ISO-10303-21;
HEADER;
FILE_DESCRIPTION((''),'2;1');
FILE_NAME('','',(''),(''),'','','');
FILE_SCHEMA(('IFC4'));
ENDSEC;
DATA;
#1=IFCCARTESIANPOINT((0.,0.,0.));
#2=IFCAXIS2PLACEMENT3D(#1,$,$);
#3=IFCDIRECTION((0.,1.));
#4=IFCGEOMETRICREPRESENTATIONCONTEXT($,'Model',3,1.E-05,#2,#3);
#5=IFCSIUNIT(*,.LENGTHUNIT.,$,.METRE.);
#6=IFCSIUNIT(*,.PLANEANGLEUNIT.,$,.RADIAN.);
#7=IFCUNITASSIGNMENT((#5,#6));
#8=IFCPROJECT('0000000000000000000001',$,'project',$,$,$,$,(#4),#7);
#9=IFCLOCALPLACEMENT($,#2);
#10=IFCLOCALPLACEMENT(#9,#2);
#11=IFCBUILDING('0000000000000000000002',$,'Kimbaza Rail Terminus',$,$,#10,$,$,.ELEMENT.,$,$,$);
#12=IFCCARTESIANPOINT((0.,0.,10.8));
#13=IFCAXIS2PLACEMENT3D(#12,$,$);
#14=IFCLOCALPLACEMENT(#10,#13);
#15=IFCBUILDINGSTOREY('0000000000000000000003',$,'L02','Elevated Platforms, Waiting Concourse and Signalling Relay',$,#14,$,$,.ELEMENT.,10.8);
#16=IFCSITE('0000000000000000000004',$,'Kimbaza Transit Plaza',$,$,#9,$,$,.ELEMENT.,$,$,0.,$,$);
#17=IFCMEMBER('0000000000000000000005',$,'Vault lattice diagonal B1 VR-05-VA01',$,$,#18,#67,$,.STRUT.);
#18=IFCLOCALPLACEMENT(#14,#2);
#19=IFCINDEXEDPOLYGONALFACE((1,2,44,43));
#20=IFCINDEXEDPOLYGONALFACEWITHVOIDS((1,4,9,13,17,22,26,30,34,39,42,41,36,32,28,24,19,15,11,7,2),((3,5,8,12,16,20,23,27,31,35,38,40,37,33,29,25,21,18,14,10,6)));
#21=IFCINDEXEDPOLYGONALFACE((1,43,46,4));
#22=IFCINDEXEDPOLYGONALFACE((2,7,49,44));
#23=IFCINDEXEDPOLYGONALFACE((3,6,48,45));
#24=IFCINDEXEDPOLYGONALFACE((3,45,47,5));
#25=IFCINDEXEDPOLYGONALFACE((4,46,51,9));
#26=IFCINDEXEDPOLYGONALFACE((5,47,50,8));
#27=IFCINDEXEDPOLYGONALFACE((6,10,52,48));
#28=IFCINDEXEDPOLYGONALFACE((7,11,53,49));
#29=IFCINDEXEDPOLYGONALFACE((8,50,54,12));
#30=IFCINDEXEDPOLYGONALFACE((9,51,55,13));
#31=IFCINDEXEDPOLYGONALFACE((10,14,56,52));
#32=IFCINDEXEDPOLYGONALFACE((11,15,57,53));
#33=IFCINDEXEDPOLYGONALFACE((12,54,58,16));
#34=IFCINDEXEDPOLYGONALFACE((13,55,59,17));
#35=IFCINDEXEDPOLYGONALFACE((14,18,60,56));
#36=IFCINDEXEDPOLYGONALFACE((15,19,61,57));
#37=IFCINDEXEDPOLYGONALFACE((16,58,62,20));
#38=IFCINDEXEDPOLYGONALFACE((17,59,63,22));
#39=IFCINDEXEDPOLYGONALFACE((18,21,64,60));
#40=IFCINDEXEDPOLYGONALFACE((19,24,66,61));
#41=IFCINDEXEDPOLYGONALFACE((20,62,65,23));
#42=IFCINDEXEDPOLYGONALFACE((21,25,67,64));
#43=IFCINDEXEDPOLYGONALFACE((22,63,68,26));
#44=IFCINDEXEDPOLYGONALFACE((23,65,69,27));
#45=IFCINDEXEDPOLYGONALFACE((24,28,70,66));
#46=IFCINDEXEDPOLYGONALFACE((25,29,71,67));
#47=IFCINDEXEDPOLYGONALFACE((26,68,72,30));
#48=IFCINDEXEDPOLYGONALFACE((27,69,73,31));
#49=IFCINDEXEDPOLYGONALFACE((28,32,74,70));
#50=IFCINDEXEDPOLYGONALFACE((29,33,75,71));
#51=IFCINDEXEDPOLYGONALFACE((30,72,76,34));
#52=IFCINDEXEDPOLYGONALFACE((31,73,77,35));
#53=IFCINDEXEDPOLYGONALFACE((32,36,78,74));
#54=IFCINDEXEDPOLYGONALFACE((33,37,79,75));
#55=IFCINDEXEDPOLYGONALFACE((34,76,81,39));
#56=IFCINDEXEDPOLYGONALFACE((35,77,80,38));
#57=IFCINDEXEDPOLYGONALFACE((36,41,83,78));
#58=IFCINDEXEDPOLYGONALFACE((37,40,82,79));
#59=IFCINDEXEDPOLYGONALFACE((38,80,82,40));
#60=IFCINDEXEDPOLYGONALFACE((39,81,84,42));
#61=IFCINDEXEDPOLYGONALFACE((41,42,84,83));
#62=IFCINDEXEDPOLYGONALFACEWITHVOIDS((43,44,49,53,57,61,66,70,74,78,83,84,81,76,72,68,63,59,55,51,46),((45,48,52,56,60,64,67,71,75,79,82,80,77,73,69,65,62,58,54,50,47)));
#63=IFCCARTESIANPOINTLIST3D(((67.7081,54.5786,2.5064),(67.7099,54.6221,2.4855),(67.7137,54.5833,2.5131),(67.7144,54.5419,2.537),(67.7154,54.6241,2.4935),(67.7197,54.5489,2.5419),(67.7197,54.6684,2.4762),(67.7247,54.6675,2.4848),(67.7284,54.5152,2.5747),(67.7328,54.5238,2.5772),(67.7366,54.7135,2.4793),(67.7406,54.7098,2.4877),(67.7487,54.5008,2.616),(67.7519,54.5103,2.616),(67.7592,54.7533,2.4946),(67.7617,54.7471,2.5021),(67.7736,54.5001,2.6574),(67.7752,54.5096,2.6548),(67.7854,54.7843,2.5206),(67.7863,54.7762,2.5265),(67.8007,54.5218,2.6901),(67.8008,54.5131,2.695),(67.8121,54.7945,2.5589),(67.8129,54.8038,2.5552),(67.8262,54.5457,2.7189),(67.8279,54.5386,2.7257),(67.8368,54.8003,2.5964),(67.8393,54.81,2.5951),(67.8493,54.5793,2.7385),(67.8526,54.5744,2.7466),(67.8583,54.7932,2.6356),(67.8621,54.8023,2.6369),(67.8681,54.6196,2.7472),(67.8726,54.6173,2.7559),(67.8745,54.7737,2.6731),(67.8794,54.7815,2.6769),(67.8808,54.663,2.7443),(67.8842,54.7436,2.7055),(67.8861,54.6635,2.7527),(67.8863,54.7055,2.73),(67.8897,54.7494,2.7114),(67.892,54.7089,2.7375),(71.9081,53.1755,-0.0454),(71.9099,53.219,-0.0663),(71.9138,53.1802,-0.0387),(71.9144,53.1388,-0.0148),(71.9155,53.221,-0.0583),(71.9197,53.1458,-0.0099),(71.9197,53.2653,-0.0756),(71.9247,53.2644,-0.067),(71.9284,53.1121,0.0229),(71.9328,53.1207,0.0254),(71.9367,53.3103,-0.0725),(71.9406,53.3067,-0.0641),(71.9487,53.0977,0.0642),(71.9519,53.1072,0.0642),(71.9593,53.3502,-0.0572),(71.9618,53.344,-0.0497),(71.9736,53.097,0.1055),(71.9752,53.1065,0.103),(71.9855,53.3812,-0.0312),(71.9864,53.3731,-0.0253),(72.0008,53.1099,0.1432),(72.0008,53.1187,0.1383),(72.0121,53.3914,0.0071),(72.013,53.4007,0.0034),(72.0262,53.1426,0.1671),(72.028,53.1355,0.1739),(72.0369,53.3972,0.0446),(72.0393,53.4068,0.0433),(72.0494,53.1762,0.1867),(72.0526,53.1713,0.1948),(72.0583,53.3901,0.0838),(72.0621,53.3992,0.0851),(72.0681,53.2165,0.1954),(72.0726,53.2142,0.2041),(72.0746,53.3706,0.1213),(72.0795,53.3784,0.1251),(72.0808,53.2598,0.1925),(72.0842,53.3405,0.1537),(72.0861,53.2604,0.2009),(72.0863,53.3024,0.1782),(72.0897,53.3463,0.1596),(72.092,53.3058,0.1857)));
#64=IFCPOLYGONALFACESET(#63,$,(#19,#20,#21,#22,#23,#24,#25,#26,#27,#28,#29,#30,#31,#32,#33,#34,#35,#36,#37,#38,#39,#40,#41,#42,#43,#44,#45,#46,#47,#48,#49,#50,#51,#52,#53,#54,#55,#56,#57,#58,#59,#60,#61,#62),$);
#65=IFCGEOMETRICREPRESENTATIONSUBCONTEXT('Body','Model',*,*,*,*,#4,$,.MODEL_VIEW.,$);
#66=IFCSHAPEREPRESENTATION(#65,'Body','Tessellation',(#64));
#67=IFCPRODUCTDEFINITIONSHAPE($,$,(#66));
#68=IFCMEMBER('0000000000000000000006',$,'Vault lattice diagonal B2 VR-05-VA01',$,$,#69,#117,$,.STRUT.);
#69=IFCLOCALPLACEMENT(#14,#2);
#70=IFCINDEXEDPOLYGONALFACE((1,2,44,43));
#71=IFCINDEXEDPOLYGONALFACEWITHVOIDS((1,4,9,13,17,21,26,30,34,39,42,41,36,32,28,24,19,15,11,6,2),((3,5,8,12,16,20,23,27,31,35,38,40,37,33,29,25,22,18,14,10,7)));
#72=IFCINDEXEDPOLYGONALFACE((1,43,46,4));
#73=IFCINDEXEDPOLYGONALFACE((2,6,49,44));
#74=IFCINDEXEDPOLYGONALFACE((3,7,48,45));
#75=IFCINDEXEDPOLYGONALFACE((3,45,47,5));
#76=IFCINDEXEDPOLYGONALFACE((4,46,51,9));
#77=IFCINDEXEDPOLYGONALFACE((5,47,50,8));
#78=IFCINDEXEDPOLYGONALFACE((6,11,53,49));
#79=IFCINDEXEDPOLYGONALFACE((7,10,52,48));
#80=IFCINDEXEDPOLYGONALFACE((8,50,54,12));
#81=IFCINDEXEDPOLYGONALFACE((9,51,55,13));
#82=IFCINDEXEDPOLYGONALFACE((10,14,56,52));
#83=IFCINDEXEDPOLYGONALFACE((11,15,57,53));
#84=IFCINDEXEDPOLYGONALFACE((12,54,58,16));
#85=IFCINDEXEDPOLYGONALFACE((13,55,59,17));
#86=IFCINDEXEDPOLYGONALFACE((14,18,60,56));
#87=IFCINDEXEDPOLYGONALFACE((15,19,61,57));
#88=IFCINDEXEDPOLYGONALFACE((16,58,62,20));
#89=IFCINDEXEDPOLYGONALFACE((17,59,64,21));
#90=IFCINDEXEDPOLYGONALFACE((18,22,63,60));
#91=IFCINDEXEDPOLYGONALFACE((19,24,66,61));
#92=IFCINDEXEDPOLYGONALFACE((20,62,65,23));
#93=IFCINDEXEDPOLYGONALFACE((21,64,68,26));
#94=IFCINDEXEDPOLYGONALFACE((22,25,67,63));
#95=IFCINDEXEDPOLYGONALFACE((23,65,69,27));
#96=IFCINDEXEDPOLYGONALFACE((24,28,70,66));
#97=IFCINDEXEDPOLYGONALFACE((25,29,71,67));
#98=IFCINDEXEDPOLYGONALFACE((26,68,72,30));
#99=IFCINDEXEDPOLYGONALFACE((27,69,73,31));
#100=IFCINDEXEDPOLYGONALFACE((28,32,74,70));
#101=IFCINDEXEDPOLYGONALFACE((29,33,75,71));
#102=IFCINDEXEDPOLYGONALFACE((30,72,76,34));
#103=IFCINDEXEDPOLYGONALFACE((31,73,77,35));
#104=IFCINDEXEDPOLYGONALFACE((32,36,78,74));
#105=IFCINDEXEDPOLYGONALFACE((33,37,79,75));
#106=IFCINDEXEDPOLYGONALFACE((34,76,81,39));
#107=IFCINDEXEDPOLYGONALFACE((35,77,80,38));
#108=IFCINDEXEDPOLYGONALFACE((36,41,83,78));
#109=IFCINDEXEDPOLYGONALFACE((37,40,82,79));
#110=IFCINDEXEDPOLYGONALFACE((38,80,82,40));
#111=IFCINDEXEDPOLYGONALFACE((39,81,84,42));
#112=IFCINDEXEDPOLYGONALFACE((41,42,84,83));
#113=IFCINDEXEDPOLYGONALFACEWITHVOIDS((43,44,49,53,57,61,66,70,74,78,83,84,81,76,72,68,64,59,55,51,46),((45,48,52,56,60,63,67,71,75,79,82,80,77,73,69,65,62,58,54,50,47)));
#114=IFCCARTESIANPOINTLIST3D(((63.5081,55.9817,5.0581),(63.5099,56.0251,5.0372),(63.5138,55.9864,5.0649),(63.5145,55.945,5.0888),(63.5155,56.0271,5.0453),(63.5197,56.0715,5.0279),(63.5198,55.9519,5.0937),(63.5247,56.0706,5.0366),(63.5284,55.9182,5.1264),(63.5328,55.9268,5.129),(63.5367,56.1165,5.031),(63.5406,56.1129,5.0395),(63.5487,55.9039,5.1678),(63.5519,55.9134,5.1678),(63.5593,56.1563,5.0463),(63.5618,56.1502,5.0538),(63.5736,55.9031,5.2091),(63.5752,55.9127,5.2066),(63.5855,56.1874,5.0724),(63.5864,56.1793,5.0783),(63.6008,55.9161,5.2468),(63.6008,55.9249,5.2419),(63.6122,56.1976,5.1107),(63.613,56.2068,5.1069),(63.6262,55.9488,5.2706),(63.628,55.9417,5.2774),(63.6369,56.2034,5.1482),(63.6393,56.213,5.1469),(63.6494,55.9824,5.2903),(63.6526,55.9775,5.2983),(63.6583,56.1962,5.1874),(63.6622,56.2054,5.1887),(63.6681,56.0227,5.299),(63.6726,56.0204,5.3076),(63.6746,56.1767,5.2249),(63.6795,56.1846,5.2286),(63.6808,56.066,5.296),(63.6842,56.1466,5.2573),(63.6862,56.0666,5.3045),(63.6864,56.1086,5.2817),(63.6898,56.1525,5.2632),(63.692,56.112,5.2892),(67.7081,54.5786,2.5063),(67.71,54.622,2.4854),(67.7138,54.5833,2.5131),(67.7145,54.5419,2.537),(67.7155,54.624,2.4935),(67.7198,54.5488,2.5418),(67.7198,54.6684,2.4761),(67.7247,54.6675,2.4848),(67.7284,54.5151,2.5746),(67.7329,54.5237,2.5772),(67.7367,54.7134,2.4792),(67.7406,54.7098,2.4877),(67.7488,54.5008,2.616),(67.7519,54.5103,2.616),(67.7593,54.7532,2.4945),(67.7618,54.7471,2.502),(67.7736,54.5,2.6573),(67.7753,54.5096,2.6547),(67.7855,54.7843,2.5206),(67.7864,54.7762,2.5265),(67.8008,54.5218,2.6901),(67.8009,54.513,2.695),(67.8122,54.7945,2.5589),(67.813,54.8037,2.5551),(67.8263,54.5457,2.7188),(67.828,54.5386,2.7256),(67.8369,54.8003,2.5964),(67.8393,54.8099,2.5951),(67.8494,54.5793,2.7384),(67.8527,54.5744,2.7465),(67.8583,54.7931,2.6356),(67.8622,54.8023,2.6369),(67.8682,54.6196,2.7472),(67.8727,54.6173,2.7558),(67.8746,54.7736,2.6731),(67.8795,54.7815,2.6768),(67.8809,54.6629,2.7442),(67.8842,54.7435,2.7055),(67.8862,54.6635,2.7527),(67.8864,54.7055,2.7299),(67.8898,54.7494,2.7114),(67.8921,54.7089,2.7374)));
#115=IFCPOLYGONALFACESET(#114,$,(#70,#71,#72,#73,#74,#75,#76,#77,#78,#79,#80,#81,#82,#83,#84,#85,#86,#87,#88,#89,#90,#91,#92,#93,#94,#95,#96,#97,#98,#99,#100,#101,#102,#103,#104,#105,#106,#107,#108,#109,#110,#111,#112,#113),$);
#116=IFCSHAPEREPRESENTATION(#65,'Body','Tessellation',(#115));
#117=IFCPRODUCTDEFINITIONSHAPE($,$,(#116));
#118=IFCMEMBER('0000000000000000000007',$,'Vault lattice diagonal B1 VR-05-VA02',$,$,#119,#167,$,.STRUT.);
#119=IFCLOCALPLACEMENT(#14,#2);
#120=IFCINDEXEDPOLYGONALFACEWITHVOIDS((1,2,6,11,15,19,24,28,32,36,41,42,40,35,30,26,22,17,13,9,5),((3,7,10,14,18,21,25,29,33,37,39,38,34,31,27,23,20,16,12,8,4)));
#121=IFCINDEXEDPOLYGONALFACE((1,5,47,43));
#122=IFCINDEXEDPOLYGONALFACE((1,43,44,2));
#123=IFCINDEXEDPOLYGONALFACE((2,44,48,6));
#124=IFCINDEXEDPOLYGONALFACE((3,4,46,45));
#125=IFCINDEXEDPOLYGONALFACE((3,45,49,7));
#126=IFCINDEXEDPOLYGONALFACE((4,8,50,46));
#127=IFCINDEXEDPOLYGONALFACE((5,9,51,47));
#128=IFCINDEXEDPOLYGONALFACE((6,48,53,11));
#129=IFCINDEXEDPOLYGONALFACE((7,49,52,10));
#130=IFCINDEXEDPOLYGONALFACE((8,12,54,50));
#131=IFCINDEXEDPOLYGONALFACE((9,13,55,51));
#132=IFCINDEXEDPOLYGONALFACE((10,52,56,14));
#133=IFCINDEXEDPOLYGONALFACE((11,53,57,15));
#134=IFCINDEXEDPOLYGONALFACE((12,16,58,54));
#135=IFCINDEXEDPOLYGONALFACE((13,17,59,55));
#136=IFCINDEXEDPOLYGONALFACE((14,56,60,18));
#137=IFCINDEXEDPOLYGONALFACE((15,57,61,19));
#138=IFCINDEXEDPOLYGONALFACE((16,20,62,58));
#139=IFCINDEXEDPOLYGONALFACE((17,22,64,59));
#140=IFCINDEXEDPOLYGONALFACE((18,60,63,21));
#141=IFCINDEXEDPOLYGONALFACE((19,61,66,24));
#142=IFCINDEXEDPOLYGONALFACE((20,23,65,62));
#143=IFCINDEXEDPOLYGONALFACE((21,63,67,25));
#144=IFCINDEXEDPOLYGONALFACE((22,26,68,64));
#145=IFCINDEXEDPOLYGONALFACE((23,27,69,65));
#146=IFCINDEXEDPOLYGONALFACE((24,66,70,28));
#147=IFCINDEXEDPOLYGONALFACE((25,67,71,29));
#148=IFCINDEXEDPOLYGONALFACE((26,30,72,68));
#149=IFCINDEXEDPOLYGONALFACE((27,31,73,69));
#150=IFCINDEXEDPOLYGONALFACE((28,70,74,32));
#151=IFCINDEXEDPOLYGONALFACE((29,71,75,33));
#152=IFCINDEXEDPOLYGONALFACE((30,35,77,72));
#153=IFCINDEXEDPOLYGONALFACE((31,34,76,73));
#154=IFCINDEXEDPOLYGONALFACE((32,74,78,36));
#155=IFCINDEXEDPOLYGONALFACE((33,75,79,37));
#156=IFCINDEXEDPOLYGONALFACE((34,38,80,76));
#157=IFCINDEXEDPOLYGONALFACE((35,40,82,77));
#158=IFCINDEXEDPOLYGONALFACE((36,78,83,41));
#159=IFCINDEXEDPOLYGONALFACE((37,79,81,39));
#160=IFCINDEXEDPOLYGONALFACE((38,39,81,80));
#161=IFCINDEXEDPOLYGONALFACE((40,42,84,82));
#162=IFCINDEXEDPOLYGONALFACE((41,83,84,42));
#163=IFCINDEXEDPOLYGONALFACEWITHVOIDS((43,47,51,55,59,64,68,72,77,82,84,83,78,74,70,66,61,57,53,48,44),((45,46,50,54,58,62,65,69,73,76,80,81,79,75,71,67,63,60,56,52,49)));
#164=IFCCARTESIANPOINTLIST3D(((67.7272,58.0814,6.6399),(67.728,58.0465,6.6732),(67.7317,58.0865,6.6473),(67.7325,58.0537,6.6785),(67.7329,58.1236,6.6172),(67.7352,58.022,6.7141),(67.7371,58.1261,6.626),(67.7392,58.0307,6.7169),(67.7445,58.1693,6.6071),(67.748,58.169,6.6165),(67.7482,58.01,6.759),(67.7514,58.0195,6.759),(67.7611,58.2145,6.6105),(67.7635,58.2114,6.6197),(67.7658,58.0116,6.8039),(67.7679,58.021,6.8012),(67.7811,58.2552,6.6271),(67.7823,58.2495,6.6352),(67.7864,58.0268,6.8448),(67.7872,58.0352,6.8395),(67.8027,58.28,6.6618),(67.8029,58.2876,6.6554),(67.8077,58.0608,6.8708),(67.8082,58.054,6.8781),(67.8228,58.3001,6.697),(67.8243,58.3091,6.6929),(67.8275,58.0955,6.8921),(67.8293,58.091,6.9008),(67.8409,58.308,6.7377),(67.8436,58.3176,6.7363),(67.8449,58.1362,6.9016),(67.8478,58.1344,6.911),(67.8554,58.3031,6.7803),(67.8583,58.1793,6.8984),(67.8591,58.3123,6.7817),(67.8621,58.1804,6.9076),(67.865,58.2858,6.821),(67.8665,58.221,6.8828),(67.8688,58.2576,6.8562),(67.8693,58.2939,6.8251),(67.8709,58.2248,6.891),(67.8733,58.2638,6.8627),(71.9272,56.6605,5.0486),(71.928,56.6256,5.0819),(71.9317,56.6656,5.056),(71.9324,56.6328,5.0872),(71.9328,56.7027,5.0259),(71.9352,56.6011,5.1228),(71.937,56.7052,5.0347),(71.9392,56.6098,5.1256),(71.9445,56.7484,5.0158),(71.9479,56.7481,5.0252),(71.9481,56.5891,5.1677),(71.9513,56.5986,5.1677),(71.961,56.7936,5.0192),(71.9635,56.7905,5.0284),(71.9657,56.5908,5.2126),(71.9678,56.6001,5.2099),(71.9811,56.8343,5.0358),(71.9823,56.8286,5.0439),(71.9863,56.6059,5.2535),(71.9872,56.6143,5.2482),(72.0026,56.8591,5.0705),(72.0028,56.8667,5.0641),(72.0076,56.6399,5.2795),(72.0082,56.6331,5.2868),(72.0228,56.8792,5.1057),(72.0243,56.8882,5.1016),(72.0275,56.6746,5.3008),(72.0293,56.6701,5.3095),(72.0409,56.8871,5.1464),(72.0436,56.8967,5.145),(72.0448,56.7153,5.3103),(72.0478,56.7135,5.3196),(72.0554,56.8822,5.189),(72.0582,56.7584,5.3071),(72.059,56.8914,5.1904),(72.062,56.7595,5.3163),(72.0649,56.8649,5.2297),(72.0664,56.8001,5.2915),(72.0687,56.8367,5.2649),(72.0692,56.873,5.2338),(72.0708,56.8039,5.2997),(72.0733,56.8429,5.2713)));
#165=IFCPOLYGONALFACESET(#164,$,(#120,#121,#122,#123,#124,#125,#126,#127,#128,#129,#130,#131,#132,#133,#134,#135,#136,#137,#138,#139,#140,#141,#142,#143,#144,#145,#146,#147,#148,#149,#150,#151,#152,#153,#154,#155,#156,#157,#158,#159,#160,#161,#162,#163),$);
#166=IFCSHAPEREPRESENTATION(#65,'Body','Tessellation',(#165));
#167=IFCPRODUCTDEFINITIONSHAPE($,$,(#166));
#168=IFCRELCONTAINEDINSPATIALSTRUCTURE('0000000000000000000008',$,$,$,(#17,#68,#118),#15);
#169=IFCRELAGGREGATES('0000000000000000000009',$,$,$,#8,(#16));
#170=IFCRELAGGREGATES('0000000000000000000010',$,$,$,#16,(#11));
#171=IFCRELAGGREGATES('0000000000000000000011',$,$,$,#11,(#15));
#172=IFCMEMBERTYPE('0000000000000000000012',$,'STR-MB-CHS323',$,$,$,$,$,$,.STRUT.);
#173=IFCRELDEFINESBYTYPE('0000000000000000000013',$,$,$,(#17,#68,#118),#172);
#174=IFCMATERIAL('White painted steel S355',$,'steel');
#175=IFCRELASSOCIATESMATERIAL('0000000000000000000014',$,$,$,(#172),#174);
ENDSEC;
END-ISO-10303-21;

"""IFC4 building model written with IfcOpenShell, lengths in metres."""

from ifc_helpers import new_model, si_unit, direction, frame, origin, origin_2d, place, context, subcontext, project, spatial, hollow_circle, extrude, material, material_profile, profile_set, type_object, element, save


model = new_model("IFC4")

# Units and contexts
model_context = context("Model", 3, precision=1e-05, world=origin(), true_north=direction((0.0, 1.0)))
body_context = subcontext(model_context, "Body", "Model", "MODEL_VIEW")
ifc_project = project(units=[si_unit("LENGTHUNIT", "METRE"), si_unit("PLANEANGLEUNIT", "RADIAN")], contexts=[model_context])

# Site, building, storey
site_placement = place(None, origin())
site = spatial("IfcSite", under=ifc_project, at=site_placement, Name="Kimbaza Transit Plaza", CompositionType="ELEMENT", RefElevation=0.0)
building_placement = place(site_placement, origin())
building = spatial("IfcBuilding", under=site, at=building_placement, Name="Kimbaza Rail Terminus", CompositionType="ELEMENT")
storey_placement = place(building_placement, frame((0.0, 0.0, 10.8)))
storey = spatial("IfcBuildingStorey", under=building, at=storey_placement, Name="L02", Description="Elevated Platforms, Waiting Concourse and Signalling Relay", CompositionType="ELEMENT", Elevation=10.8)

# Members
ifc_material_1 = material(Name="White painted steel S355", Category="steel")
ifc_material_profile_1 = material_profile(ifc_material_1, hollow_circle(Radius=0.1619, WallThickness=0.01, at=origin_2d()), Name="CHS 323.9x10")
ifc_profile_set_1 = profile_set([ifc_material_profile_1], Name="White painted steel S355")
member_type_1 = type_object("IfcMemberType", Name="STR-MB-CHS323", PredefinedType="STRUT", material=ifc_profile_set_1)
for number, where, z_axis, x_axis, name in (
    (1, (72.0, 53.2512, 0.0642), (-0.821789, 0.274535, 0.499293), (-0.316856, -0.948474, 0.0), "Vault lattice diagonal B1 VR-05-VA01"),
    (2, (67.8, 54.6543, 2.616), (-0.821789, 0.274535, 0.499293), (-0.316856, -0.948474, 0.0), "Vault lattice diagonal B2 VR-05-VA01"),
):
    element("IfcMember", number, at=place(storey_placement, frame(where, z_axis=z_axis, x_axis=x_axis)), inside=storey, type_object=member_type_1, Name=name, PredefinedType="STRUT", context=body_context, shape_type="SweptSolid", body=[
        extrude(hollow_circle(Radius=0.1619, WallThickness=0.01, at=origin_2d()), origin(), (0.0, 0.0, 1.0), 5.1108),
    ])
for number, where, z_axis, x_axis, name in (
    (3, (72.0, 56.7424, 5.1677), (-0.891575, 0.301631, 0.337806), (-0.32047, -0.947259, 0.0), "Vault lattice diagonal B1 VR-05-VA02"),
):
    element("IfcMember", number, at=place(storey_placement, frame(where, z_axis=z_axis, x_axis=x_axis)), inside=storey, type_object=member_type_1, Name=name, PredefinedType="STRUT", context=body_context, shape_type="SweptSolid", body=[
        extrude(hollow_circle(Radius=0.1619, WallThickness=0.01, at=origin_2d()), origin(), (0.0, 0.0, 1.0), 4.7107),
    ])

save(model, "model.ifc")
